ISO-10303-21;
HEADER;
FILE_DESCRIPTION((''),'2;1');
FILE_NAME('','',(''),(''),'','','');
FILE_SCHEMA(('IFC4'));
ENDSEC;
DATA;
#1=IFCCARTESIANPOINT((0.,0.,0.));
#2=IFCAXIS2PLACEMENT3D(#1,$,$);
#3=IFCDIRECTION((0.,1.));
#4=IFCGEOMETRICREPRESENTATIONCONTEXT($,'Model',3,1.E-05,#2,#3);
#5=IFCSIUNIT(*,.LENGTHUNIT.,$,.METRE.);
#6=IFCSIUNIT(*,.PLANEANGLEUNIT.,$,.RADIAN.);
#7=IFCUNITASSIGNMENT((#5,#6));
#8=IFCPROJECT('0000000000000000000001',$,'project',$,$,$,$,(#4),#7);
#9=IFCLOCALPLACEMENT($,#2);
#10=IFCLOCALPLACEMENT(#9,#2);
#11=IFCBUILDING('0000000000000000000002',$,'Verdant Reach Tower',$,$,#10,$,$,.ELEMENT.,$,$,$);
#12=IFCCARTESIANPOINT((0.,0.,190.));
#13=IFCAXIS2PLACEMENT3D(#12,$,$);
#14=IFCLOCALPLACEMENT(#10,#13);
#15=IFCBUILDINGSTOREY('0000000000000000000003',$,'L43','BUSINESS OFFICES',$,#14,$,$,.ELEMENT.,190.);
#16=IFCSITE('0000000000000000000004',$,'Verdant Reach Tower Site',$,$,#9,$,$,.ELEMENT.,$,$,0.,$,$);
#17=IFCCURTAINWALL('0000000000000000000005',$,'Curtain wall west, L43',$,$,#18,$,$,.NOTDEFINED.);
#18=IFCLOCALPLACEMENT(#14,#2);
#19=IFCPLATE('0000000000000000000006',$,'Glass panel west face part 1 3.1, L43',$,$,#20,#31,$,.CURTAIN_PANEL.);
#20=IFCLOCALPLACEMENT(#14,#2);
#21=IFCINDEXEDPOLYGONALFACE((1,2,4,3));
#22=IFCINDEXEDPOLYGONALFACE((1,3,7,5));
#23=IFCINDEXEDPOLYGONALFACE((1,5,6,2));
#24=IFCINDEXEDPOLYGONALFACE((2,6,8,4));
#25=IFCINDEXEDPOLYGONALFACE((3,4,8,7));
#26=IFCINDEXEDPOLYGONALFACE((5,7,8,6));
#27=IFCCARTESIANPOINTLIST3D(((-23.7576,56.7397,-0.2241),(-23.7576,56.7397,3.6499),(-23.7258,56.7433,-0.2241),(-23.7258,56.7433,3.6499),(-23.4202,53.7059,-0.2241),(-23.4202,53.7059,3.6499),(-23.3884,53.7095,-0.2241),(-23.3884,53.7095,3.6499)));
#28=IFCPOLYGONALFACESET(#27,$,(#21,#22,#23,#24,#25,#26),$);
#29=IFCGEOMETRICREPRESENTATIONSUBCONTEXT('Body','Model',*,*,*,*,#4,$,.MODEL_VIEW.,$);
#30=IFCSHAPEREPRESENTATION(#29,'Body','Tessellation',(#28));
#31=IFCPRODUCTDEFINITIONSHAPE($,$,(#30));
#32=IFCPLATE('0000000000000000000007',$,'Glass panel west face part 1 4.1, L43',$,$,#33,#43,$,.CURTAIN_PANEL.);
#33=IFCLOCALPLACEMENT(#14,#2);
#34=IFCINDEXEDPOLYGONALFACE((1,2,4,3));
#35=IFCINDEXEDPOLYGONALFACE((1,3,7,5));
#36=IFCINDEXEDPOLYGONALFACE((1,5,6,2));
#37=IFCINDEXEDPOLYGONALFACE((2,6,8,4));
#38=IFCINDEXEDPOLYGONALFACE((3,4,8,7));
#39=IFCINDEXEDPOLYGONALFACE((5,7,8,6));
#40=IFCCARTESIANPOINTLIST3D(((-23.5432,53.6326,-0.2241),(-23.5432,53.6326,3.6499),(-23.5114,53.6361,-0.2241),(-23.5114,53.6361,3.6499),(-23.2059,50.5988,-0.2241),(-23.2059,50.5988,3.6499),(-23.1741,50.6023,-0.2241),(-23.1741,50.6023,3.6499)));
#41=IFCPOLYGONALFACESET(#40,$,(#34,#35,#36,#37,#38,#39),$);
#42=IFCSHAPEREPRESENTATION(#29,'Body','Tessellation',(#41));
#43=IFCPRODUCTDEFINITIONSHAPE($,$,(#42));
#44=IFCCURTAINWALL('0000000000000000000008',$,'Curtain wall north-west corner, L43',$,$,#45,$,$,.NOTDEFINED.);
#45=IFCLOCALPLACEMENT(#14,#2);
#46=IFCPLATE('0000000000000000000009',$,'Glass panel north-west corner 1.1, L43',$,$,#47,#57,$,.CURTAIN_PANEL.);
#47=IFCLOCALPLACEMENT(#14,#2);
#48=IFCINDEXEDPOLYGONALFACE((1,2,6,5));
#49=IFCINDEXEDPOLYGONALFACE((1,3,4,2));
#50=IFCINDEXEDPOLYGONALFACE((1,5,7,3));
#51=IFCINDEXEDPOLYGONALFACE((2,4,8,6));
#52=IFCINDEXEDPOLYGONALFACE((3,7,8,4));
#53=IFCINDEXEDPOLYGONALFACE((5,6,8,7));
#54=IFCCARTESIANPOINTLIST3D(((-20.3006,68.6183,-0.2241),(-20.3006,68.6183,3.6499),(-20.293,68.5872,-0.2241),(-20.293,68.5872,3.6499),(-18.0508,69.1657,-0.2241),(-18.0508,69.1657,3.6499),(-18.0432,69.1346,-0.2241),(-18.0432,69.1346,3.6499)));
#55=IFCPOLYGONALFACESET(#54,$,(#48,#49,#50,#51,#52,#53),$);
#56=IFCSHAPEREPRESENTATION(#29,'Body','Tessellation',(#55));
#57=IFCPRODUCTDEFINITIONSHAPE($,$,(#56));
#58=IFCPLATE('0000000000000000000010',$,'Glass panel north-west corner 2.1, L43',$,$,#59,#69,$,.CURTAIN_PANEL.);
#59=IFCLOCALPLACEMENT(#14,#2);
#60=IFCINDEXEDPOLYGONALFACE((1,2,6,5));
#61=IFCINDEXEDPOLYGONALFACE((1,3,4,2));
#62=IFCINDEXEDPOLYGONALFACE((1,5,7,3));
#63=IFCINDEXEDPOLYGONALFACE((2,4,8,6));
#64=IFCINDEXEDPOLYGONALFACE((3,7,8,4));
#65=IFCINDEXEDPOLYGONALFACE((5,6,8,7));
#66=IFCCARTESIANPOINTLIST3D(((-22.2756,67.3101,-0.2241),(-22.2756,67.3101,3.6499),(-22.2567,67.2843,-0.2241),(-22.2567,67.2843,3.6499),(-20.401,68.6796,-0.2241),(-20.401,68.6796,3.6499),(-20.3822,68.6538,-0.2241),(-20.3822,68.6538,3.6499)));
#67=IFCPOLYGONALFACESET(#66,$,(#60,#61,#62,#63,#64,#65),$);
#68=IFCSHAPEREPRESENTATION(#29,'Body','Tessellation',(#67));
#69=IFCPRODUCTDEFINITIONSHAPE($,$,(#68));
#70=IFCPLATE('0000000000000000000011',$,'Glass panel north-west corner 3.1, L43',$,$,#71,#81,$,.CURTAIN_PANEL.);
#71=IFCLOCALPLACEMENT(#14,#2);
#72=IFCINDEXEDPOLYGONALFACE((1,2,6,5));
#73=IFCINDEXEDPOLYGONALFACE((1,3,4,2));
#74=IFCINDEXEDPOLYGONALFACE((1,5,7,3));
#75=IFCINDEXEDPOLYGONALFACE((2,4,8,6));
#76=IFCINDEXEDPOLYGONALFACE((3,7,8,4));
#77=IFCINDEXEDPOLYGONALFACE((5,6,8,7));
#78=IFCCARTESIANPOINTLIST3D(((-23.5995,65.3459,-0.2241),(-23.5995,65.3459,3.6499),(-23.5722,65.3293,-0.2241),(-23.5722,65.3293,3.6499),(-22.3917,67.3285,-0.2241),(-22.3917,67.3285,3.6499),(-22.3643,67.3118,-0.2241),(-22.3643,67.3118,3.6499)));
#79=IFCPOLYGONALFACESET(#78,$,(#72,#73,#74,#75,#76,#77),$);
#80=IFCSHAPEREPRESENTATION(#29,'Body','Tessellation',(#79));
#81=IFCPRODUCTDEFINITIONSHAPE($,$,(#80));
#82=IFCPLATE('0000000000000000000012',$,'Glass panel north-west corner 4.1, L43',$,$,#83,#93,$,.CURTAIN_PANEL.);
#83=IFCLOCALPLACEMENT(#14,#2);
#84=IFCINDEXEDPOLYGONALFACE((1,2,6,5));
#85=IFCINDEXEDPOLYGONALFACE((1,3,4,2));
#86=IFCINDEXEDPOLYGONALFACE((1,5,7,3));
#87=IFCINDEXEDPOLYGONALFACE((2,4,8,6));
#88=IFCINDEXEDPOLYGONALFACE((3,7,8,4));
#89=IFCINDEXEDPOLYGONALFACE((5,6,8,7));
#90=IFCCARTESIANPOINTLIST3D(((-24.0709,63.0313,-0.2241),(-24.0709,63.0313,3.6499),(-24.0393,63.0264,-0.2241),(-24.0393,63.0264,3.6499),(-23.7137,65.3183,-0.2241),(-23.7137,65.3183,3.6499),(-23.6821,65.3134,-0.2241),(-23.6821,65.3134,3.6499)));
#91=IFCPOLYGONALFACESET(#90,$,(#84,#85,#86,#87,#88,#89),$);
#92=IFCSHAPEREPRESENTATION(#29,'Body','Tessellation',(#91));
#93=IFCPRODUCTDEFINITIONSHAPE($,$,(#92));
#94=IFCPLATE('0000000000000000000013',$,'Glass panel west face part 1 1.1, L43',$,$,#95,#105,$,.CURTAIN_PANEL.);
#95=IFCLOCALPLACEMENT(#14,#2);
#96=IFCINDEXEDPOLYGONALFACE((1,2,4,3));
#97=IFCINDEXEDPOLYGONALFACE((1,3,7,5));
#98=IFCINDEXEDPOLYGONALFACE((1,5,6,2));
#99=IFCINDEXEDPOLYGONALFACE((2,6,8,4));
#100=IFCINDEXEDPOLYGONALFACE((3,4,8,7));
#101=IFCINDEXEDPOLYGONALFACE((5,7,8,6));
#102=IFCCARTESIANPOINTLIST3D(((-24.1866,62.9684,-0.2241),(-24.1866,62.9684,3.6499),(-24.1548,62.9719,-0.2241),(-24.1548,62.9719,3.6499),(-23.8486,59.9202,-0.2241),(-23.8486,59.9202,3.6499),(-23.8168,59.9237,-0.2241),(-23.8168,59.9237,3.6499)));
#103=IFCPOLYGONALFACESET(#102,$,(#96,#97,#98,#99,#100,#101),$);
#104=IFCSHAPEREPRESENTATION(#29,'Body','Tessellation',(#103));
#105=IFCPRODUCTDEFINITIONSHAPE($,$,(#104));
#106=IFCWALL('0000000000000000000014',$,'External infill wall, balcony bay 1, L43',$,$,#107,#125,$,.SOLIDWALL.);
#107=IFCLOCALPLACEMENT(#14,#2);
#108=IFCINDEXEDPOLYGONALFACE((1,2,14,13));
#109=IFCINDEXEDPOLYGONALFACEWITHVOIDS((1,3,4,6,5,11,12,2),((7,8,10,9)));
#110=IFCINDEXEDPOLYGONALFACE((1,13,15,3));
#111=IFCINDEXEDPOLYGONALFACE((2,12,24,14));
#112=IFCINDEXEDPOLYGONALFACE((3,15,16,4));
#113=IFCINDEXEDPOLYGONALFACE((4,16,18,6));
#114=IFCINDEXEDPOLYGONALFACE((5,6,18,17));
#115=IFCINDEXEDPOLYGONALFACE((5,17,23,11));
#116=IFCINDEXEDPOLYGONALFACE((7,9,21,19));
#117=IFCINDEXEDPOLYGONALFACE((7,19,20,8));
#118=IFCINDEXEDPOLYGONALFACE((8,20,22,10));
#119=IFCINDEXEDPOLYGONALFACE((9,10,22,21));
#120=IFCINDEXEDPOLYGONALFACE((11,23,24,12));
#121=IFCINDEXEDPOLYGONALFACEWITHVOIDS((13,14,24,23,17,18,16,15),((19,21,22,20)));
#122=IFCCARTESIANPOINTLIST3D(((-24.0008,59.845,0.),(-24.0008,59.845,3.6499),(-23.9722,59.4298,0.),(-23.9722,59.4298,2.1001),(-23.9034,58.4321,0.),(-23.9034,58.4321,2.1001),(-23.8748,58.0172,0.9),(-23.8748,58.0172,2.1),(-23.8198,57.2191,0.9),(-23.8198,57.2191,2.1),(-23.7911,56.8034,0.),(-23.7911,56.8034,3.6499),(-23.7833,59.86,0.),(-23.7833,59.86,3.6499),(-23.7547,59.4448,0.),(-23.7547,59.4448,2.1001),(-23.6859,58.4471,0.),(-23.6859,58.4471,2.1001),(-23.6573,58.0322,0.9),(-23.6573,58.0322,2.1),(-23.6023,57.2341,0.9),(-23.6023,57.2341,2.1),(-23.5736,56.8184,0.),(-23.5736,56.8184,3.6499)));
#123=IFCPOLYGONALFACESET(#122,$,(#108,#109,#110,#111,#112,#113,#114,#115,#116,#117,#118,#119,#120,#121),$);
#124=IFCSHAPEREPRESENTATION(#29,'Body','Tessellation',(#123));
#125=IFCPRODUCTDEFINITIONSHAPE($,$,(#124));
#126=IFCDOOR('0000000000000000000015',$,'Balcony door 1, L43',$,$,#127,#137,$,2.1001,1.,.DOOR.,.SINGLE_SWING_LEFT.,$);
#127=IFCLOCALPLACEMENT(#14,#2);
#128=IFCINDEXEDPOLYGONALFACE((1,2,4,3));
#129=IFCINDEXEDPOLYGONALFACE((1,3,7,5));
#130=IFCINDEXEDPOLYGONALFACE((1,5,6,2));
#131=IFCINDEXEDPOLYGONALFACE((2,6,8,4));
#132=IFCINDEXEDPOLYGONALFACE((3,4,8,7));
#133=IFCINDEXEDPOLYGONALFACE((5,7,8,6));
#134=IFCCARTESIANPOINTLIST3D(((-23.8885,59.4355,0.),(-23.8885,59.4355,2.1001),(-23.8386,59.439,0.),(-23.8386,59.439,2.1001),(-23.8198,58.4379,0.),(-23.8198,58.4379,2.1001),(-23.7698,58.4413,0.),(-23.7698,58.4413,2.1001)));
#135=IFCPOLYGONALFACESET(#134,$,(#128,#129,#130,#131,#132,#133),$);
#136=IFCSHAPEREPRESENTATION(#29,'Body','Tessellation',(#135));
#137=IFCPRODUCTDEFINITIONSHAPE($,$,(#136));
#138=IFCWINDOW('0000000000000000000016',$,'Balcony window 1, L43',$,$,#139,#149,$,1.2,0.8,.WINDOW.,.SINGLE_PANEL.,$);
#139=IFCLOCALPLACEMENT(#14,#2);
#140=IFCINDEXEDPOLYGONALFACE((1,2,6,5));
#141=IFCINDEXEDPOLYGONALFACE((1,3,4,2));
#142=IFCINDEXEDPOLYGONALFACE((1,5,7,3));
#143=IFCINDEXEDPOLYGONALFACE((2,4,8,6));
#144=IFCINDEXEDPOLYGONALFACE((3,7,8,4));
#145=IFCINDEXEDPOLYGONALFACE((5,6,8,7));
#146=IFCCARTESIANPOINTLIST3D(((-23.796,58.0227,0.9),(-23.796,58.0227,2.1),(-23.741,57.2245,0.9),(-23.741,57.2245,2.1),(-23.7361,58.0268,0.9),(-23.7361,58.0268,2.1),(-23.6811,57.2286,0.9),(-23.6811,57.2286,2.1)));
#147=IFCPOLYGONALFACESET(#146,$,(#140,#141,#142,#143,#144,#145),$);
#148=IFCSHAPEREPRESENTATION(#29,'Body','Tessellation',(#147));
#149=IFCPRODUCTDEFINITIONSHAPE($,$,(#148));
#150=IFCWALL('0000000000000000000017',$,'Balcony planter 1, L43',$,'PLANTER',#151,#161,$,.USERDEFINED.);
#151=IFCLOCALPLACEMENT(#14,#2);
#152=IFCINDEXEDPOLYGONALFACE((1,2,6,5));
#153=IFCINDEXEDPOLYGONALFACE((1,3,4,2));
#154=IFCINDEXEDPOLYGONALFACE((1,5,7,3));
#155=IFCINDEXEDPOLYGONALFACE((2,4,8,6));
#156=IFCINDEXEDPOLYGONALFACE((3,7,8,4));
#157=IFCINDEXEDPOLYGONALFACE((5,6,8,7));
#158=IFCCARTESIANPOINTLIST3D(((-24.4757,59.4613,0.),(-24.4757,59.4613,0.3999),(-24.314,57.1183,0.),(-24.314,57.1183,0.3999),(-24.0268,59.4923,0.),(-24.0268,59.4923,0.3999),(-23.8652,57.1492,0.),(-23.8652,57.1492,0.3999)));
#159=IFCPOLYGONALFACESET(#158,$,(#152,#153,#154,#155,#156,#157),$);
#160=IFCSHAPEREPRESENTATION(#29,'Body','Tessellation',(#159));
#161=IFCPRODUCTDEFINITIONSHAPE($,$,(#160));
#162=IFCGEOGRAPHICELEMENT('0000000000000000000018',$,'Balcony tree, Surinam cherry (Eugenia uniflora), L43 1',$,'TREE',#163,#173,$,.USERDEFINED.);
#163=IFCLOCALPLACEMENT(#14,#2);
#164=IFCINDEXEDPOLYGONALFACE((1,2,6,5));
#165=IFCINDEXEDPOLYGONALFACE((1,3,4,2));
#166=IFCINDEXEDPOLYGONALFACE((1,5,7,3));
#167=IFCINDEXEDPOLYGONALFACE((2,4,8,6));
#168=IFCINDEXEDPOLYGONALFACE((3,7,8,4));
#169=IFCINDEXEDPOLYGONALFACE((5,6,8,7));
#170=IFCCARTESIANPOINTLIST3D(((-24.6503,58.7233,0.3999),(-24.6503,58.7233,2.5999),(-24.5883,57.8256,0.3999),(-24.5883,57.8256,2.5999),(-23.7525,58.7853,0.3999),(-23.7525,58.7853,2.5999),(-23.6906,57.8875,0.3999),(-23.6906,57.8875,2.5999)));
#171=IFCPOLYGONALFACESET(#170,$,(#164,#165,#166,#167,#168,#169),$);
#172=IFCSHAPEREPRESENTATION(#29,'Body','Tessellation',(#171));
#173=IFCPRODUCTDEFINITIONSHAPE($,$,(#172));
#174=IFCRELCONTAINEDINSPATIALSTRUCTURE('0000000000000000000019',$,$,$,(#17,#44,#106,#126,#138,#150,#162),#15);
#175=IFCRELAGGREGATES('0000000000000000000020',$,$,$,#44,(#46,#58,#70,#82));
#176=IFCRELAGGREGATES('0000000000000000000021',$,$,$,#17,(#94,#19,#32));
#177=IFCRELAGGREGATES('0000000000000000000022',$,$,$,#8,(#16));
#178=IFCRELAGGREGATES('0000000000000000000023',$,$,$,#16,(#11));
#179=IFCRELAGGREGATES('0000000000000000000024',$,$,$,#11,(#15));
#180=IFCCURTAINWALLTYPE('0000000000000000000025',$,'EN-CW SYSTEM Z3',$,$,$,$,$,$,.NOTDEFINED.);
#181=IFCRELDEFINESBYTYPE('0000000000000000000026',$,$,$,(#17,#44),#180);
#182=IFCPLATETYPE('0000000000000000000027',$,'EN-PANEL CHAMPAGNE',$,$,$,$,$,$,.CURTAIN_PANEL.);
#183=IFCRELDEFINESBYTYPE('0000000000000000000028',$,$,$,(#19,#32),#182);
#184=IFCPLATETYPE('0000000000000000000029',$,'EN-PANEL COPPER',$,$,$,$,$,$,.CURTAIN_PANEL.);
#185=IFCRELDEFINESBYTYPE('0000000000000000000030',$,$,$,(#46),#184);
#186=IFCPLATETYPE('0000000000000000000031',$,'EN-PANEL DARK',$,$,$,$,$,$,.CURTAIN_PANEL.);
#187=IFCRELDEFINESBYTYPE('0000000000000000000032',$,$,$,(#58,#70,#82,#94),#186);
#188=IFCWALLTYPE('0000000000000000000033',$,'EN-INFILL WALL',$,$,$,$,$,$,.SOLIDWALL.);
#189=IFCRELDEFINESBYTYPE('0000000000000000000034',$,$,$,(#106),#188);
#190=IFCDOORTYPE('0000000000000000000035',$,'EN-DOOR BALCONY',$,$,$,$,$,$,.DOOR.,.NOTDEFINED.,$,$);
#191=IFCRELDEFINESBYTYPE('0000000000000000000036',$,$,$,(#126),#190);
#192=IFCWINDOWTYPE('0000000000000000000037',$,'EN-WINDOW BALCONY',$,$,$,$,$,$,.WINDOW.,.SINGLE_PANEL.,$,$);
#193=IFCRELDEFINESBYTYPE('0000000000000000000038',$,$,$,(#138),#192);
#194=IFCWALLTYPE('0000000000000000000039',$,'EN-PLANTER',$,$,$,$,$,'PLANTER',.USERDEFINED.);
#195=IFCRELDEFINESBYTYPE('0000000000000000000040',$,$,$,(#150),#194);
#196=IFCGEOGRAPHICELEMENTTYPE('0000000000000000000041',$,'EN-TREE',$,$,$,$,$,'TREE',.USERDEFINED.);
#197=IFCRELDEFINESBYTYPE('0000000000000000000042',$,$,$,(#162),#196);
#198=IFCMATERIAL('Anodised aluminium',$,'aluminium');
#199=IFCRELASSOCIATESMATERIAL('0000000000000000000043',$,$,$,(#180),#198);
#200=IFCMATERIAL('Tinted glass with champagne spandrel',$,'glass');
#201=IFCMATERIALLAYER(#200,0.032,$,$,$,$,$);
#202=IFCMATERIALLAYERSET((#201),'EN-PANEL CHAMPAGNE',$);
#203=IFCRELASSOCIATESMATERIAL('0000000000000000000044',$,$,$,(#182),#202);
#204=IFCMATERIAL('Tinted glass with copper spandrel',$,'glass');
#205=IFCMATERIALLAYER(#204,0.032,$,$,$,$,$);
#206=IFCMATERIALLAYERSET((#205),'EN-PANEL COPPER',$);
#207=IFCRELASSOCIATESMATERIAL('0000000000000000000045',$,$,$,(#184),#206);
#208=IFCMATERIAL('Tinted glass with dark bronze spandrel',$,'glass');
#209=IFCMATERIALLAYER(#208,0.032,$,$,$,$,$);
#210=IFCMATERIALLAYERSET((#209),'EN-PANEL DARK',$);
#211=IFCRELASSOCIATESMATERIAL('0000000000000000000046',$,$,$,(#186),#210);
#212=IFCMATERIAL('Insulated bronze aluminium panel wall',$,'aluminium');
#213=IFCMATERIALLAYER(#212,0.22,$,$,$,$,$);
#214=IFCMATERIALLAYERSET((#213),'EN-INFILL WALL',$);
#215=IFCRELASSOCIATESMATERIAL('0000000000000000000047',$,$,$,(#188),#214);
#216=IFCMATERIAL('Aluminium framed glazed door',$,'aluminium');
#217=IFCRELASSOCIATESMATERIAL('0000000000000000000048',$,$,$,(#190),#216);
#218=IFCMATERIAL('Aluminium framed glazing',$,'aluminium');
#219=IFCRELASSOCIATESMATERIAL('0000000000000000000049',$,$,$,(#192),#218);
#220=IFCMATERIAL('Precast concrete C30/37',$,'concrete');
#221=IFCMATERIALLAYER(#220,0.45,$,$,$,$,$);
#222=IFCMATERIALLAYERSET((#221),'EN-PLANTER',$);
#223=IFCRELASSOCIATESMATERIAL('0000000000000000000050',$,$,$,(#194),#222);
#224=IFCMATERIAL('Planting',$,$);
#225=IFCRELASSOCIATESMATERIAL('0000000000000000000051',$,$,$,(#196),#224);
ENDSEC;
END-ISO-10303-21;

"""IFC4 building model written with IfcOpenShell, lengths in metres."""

from ifc_helpers import new_model, si_unit, direction, frame, frame_2d, origin, origin_2d, place, context, subcontext, project, spatial, rectangle, extrude, material, layer, layer_set, type_object, element, fill, aggregate, save


model = new_model("IFC4")

# Units and contexts
model_context = context("Model", 3, precision=1e-05, world=origin(), true_north=direction((0.0, 1.0)))
body_context = subcontext(model_context, "Body", "Model", "MODEL_VIEW")
ifc_project = project(units=[si_unit("LENGTHUNIT", "METRE"), si_unit("PLANEANGLEUNIT", "RADIAN")], contexts=[model_context])

# Site, building, storey
site_placement = place(None, origin())
site = spatial("IfcSite", under=ifc_project, at=site_placement, Name="Verdant Reach Tower Site", CompositionType="ELEMENT", RefElevation=0.0)
building_placement = place(site_placement, origin())
building = spatial("IfcBuilding", under=site, at=building_placement, Name="Verdant Reach Tower", CompositionType="ELEMENT")
storey_placement = place(building_placement, frame((0.0, 0.0, 190.0)))
storey = spatial("IfcBuildingStorey", under=building, at=storey_placement, Name="L43", Description="BUSINESS OFFICES", CompositionType="ELEMENT", Elevation=190.0)

# Curtain wall
ifc_material_1 = material(Name="Anodised aluminium", Category="aluminium")
curtain_wall_type = type_object("IfcCurtainWallType", Name="EN-CW SYSTEM Z3", PredefinedType="NOTDEFINED", material=ifc_material_1)
curtain_wall_1_placement = place(storey_placement, origin())
curtain_wall_1 = element("IfcCurtainWall", 1, at=curtain_wall_1_placement, inside=storey, type_object=curtain_wall_type, Name="Curtain wall west, L43", PredefinedType="NOTDEFINED")

# Plates
ifc_material_2 = material(Name="Tinted glass with champagne spandrel", Category="glass")
ifc_layer_1 = layer(ifc_material_2, 0.032)
ifc_layer_set_1 = layer_set([ifc_layer_1], Name="EN-PANEL CHAMPAGNE")
plate_type_1 = type_object("IfcPlateType", Name="EN-PANEL CHAMPAGNE", PredefinedType="CURTAIN_PANEL", material=ifc_layer_set_1)
plate_1_placement = place(storey_placement, frame((-23.573, 55.2246, -0.2241), z_axis=(0.0, 0.0, 1.0), x_axis=(0.110518, -0.993874, 0.0)))
plate_1 = element("IfcPlate", 2, at=plate_1_placement, type_object=plate_type_1, Name="Glass panel west face part 1 3.1, L43", PredefinedType="CURTAIN_PANEL", context=body_context, shape_type="SweptSolid", body=[
    extrude(rectangle(XDim=3.0525, YDim=0.032, at=origin_2d()), origin(), (0.0, 0.0, 1.0), 3.874),
])
plate_2_placement = place(storey_placement, frame((-23.3586, 52.1174, -0.2241), z_axis=(0.0, 0.0, 1.0), x_axis=(0.110518, -0.993874, 0.0)))
plate_2 = element("IfcPlate", 3, at=plate_2_placement, type_object=plate_type_1, Name="Glass panel west face part 1 4.1, L43", PredefinedType="CURTAIN_PANEL", context=body_context, shape_type="SweptSolid", body=[
    extrude(rectangle(XDim=3.0525, YDim=0.032, at=origin_2d()), origin(), (0.0, 0.0, 1.0), 3.874),
])

# Curtain wall, plates
curtain_wall_2_placement = place(storey_placement, origin())
curtain_wall_2 = element("IfcCurtainWall", 4, at=curtain_wall_2_placement, inside=storey, type_object=curtain_wall_type, Name="Curtain wall north-west corner, L43", PredefinedType="NOTDEFINED")
ifc_material_3 = material(Name="Tinted glass with copper spandrel", Category="glass")
ifc_layer_2 = layer(ifc_material_3, 0.032)
ifc_layer_set_2 = layer_set([ifc_layer_2], Name="EN-PANEL COPPER")
plate_type_2 = type_object("IfcPlateType", Name="EN-PANEL COPPER", PredefinedType="CURTAIN_PANEL", material=ifc_layer_set_2)
plate_3_placement = place(storey_placement, frame((-19.1719, 68.8765, -0.2241), z_axis=(0.0, 0.0, 1.0), x_axis=(-0.971655, -0.236403, 0.0)))
plate_3 = element("IfcPlate", 5, at=plate_3_placement, type_object=plate_type_2, Name="Glass panel north-west corner 1.1, L43", PredefinedType="CURTAIN_PANEL", context=body_context, shape_type="SweptSolid", body=[
    extrude(rectangle(XDim=2.3154, YDim=0.032, at=origin_2d()), origin(), (0.0, 0.0, 1.0), 3.874),
])
ifc_material_4 = material(Name="Tinted glass with dark bronze spandrel", Category="glass")
ifc_layer_3 = layer(ifc_material_4, 0.032)
ifc_layer_set_3 = layer_set([ifc_layer_3], Name="EN-PANEL DARK")
plate_type_3 = type_object("IfcPlateType", Name="EN-PANEL DARK", PredefinedType="CURTAIN_PANEL", material=ifc_layer_set_3)
plate_4_placement = place(storey_placement, frame((-21.3289, 67.9819, -0.2241), z_axis=(0.0, 0.0, 1.0), x_axis=(-0.807457, -0.589927, 0.0)))
plate_4 = element("IfcPlate", 6, at=plate_4_placement, type_object=plate_type_3, Name="Glass panel north-west corner 2.1, L43", PredefinedType="CURTAIN_PANEL", context=body_context, shape_type="SweptSolid", body=[
    extrude(rectangle(XDim=2.3215, YDim=0.032, at=origin_2d()), origin(), (0.0, 0.0, 1.0), 3.874),
])
plate_5_placement = place(storey_placement, frame((-22.9819, 66.3289, -0.2241), z_axis=(0.0, 0.0, 1.0), x_axis=(-0.520292, -0.853989, 0.0)))
plate_5 = element("IfcPlate", 7, at=plate_5_placement, type_object=plate_type_3, Name="Glass panel north-west corner 3.1, L43", PredefinedType="CURTAIN_PANEL", context=body_context, shape_type="SweptSolid", body=[
    extrude(rectangle(XDim=2.3215, YDim=0.032, at=origin_2d()), origin(), (0.0, 0.0, 1.0), 3.874),
])
plate_6_placement = place(storey_placement, frame((-23.8765, 64.1724, -0.2241), z_axis=(0.0, 0.0, 1.0), x_axis=(-0.154312, -0.988022, 0.0)))
plate_6 = element("IfcPlate", 8, at=plate_6_placement, type_object=plate_type_3, Name="Glass panel north-west corner 4.1, L43", PredefinedType="CURTAIN_PANEL", context=body_context, shape_type="SweptSolid", body=[
    extrude(rectangle(XDim=2.3147, YDim=0.032, at=origin_2d()), origin(), (0.0, 0.0, 1.0), 3.874),
])
aggregate(curtain_wall_2, [plate_3, plate_4, plate_5, plate_6])

# Plate
plate_7_placement = place(storey_placement, frame((-24.0017, 61.446, -0.2241), z_axis=(0.0, 0.0, 1.0), x_axis=(0.110214, -0.993908, 0.0)))
plate_7 = element("IfcPlate", 9, at=plate_7_placement, type_object=plate_type_3, Name="Glass panel west face part 1 1.1, L43", PredefinedType="CURTAIN_PANEL", context=body_context, shape_type="SweptSolid", body=[
    extrude(rectangle(XDim=3.0669, YDim=0.032, at=origin_2d()), origin(), (0.0, 0.0, 1.0), 3.874),
])
aggregate(curtain_wall_1, [plate_7, plate_1, plate_2])

# Wall, openings, door, window
ifc_material_5 = material(Name="Insulated bronze aluminium panel wall", Category="aluminium")
ifc_layer_4 = layer(ifc_material_5, 0.22)
ifc_layer_set_4 = layer_set([ifc_layer_4], Name="EN-INFILL WALL")
wall_type_1 = type_object("IfcWallType", Name="EN-INFILL WALL", PredefinedType="SOLIDWALL", material=ifc_layer_set_4)
wall_1_placement = place(storey_placement, frame((-23.8921, 59.8525, 0.0), z_axis=(0.0, 0.0, 1.0), x_axis=(0.068788, -0.997631, 0.0)))
wall_1 = element("IfcWall", 10, at=wall_1_placement, inside=storey, type_object=wall_type_1, Name="External infill wall, balcony bay 1, L43", PredefinedType="SOLIDWALL", context=body_context, shape_type="SweptSolid", body=[
    extrude(rectangle(XDim=3.0488, YDim=0.218, at=frame_2d((1.5244, 0.0))), origin(), (0.0, 0.0, 1.0), 3.6499),
])
opening_1_placement = place(wall_1_placement, frame((0.4163, 0.0, 0.0)))
opening_1 = element("IfcOpeningElement", 11, at=opening_1_placement, cuts=wall_1, PredefinedType="OPENING", context=body_context, shape_type="SweptSolid", body=[
    extrude(rectangle(XDim=1.0, YDim=2.1001, at=frame_2d((0.5, 1.05))), frame((0.0, 0.1189, 0.0), z_axis=(0.0, -1.0, 0.0), x_axis=(1.0, 0.0, 0.0)), (0.0, 0.0, 1.0), 0.238),
])
opening_2_placement = place(wall_1_placement, frame((1.8323, 0.0, 0.8999)))
opening_2 = element("IfcOpeningElement", 12, at=opening_2_placement, cuts=wall_1, PredefinedType="OPENING", context=body_context, shape_type="SweptSolid", body=[
    extrude(rectangle(XDim=0.8, YDim=1.2, at=frame_2d((0.3999, 0.6001))), frame((0.0, 0.1189, 0.0), z_axis=(0.0, -1.0, 0.0), x_axis=(1.0, 0.0, 0.0)), (0.0, 0.0, 1.0), 0.238),
])
ifc_material_6 = material(Name="Aluminium framed glazed door", Category="aluminium")
door_type = type_object("IfcDoorType", Name="EN-DOOR BALCONY", OperationType="NOTDEFINED", PredefinedType="DOOR", material=ifc_material_6)
door_placement = place(opening_1_placement, origin())
door = element("IfcDoor", 13, at=door_placement, inside=storey, type_object=door_type, Name="Balcony door 1, L43", OperationType="SINGLE_SWING_LEFT", OverallHeight=2.1001, OverallWidth=1.0, PredefinedType="DOOR", context=body_context, shape_type="SweptSolid", body=[
    extrude(rectangle(XDim=1.0, YDim=2.1001, at=frame_2d((0.5, 1.05))), frame((0.0, 0.0249, 0.0), z_axis=(0.0, -1.0, 0.0), x_axis=(1.0, 0.0, 0.0)), (0.0, 0.0, 1.0), 0.05),
])
fill(opening_1, door)
ifc_material_7 = material(Name="Aluminium framed glazing", Category="aluminium")
window_type = type_object("IfcWindowType", Name="EN-WINDOW BALCONY", PartitioningType="SINGLE_PANEL", PredefinedType="WINDOW", material=ifc_material_7)
window_placement = place(opening_2_placement, origin())
window = element("IfcWindow", 14, at=window_placement, inside=storey, type_object=window_type, Name="Balcony window 1, L43", OverallHeight=1.2, OverallWidth=0.8, PartitioningType="SINGLE_PANEL", PredefinedType="WINDOW", context=body_context, shape_type="SweptSolid", body=[
    extrude(rectangle(XDim=0.8, YDim=1.2, at=frame_2d((0.3999, 0.6001))), frame((0.0, 0.03, 0.0), z_axis=(0.0, -1.0, 0.0), x_axis=(1.0, 0.0, 0.0)), (0.0, 0.0, 1.0), 0.0601),
])
fill(opening_2, window)

# Wall
ifc_material_8 = material(Name="Precast concrete C30/37", Category="concrete")
ifc_layer_5 = layer(ifc_material_8, 0.45)
ifc_layer_set_5 = layer_set([ifc_layer_5], Name="EN-PLANTER")
wall_type_2 = type_object("IfcWallType", Name="EN-PLANTER", ElementType="PLANTER", PredefinedType="USERDEFINED", material=ifc_layer_set_5)
wall_2_placement = place(storey_placement, frame((-24.2512, 59.4768, 0.0), z_axis=(0.0, 0.0, 1.0), x_axis=(0.068816, -0.997629, 0.0)))
element("IfcWall", 15, at=wall_2_placement, inside=storey, type_object=wall_type_2, Name="Balcony planter 1, L43", ObjectType="PLANTER", PredefinedType="USERDEFINED", context=body_context, shape_type="SweptSolid", body=[
    extrude(rectangle(XDim=2.3486, YDim=0.45, at=frame_2d((1.1743, 0.0))), origin(), (0.0, 0.0, 1.0), 0.3999),
])

# Geographic element
ifc_material_9 = material(Name="Planting")
geographic_element_type = type_object("IfcGeographicElementType", Name="EN-TREE", ElementType="TREE", PredefinedType="USERDEFINED", material=ifc_material_9)
geographic_element_placement = place(storey_placement, frame((-24.1704, 58.3054, 0.3999), z_axis=(0.0, 0.0, 1.0), x_axis=(0.068802, -0.99763, 0.0)))
element("IfcGeographicElement", 16, at=geographic_element_placement, inside=storey, type_object=geographic_element_type, Name="Balcony tree, Surinam cherry (Eugenia uniflora), L43 1", ObjectType="TREE", PredefinedType="USERDEFINED", context=body_context, shape_type="SweptSolid", body=[
    extrude(rectangle(XDim=0.8999, YDim=0.8999, at=origin_2d()), origin(), (0.0, 0.0, 1.0), 2.2),
])

save(model, "model.ifc")
